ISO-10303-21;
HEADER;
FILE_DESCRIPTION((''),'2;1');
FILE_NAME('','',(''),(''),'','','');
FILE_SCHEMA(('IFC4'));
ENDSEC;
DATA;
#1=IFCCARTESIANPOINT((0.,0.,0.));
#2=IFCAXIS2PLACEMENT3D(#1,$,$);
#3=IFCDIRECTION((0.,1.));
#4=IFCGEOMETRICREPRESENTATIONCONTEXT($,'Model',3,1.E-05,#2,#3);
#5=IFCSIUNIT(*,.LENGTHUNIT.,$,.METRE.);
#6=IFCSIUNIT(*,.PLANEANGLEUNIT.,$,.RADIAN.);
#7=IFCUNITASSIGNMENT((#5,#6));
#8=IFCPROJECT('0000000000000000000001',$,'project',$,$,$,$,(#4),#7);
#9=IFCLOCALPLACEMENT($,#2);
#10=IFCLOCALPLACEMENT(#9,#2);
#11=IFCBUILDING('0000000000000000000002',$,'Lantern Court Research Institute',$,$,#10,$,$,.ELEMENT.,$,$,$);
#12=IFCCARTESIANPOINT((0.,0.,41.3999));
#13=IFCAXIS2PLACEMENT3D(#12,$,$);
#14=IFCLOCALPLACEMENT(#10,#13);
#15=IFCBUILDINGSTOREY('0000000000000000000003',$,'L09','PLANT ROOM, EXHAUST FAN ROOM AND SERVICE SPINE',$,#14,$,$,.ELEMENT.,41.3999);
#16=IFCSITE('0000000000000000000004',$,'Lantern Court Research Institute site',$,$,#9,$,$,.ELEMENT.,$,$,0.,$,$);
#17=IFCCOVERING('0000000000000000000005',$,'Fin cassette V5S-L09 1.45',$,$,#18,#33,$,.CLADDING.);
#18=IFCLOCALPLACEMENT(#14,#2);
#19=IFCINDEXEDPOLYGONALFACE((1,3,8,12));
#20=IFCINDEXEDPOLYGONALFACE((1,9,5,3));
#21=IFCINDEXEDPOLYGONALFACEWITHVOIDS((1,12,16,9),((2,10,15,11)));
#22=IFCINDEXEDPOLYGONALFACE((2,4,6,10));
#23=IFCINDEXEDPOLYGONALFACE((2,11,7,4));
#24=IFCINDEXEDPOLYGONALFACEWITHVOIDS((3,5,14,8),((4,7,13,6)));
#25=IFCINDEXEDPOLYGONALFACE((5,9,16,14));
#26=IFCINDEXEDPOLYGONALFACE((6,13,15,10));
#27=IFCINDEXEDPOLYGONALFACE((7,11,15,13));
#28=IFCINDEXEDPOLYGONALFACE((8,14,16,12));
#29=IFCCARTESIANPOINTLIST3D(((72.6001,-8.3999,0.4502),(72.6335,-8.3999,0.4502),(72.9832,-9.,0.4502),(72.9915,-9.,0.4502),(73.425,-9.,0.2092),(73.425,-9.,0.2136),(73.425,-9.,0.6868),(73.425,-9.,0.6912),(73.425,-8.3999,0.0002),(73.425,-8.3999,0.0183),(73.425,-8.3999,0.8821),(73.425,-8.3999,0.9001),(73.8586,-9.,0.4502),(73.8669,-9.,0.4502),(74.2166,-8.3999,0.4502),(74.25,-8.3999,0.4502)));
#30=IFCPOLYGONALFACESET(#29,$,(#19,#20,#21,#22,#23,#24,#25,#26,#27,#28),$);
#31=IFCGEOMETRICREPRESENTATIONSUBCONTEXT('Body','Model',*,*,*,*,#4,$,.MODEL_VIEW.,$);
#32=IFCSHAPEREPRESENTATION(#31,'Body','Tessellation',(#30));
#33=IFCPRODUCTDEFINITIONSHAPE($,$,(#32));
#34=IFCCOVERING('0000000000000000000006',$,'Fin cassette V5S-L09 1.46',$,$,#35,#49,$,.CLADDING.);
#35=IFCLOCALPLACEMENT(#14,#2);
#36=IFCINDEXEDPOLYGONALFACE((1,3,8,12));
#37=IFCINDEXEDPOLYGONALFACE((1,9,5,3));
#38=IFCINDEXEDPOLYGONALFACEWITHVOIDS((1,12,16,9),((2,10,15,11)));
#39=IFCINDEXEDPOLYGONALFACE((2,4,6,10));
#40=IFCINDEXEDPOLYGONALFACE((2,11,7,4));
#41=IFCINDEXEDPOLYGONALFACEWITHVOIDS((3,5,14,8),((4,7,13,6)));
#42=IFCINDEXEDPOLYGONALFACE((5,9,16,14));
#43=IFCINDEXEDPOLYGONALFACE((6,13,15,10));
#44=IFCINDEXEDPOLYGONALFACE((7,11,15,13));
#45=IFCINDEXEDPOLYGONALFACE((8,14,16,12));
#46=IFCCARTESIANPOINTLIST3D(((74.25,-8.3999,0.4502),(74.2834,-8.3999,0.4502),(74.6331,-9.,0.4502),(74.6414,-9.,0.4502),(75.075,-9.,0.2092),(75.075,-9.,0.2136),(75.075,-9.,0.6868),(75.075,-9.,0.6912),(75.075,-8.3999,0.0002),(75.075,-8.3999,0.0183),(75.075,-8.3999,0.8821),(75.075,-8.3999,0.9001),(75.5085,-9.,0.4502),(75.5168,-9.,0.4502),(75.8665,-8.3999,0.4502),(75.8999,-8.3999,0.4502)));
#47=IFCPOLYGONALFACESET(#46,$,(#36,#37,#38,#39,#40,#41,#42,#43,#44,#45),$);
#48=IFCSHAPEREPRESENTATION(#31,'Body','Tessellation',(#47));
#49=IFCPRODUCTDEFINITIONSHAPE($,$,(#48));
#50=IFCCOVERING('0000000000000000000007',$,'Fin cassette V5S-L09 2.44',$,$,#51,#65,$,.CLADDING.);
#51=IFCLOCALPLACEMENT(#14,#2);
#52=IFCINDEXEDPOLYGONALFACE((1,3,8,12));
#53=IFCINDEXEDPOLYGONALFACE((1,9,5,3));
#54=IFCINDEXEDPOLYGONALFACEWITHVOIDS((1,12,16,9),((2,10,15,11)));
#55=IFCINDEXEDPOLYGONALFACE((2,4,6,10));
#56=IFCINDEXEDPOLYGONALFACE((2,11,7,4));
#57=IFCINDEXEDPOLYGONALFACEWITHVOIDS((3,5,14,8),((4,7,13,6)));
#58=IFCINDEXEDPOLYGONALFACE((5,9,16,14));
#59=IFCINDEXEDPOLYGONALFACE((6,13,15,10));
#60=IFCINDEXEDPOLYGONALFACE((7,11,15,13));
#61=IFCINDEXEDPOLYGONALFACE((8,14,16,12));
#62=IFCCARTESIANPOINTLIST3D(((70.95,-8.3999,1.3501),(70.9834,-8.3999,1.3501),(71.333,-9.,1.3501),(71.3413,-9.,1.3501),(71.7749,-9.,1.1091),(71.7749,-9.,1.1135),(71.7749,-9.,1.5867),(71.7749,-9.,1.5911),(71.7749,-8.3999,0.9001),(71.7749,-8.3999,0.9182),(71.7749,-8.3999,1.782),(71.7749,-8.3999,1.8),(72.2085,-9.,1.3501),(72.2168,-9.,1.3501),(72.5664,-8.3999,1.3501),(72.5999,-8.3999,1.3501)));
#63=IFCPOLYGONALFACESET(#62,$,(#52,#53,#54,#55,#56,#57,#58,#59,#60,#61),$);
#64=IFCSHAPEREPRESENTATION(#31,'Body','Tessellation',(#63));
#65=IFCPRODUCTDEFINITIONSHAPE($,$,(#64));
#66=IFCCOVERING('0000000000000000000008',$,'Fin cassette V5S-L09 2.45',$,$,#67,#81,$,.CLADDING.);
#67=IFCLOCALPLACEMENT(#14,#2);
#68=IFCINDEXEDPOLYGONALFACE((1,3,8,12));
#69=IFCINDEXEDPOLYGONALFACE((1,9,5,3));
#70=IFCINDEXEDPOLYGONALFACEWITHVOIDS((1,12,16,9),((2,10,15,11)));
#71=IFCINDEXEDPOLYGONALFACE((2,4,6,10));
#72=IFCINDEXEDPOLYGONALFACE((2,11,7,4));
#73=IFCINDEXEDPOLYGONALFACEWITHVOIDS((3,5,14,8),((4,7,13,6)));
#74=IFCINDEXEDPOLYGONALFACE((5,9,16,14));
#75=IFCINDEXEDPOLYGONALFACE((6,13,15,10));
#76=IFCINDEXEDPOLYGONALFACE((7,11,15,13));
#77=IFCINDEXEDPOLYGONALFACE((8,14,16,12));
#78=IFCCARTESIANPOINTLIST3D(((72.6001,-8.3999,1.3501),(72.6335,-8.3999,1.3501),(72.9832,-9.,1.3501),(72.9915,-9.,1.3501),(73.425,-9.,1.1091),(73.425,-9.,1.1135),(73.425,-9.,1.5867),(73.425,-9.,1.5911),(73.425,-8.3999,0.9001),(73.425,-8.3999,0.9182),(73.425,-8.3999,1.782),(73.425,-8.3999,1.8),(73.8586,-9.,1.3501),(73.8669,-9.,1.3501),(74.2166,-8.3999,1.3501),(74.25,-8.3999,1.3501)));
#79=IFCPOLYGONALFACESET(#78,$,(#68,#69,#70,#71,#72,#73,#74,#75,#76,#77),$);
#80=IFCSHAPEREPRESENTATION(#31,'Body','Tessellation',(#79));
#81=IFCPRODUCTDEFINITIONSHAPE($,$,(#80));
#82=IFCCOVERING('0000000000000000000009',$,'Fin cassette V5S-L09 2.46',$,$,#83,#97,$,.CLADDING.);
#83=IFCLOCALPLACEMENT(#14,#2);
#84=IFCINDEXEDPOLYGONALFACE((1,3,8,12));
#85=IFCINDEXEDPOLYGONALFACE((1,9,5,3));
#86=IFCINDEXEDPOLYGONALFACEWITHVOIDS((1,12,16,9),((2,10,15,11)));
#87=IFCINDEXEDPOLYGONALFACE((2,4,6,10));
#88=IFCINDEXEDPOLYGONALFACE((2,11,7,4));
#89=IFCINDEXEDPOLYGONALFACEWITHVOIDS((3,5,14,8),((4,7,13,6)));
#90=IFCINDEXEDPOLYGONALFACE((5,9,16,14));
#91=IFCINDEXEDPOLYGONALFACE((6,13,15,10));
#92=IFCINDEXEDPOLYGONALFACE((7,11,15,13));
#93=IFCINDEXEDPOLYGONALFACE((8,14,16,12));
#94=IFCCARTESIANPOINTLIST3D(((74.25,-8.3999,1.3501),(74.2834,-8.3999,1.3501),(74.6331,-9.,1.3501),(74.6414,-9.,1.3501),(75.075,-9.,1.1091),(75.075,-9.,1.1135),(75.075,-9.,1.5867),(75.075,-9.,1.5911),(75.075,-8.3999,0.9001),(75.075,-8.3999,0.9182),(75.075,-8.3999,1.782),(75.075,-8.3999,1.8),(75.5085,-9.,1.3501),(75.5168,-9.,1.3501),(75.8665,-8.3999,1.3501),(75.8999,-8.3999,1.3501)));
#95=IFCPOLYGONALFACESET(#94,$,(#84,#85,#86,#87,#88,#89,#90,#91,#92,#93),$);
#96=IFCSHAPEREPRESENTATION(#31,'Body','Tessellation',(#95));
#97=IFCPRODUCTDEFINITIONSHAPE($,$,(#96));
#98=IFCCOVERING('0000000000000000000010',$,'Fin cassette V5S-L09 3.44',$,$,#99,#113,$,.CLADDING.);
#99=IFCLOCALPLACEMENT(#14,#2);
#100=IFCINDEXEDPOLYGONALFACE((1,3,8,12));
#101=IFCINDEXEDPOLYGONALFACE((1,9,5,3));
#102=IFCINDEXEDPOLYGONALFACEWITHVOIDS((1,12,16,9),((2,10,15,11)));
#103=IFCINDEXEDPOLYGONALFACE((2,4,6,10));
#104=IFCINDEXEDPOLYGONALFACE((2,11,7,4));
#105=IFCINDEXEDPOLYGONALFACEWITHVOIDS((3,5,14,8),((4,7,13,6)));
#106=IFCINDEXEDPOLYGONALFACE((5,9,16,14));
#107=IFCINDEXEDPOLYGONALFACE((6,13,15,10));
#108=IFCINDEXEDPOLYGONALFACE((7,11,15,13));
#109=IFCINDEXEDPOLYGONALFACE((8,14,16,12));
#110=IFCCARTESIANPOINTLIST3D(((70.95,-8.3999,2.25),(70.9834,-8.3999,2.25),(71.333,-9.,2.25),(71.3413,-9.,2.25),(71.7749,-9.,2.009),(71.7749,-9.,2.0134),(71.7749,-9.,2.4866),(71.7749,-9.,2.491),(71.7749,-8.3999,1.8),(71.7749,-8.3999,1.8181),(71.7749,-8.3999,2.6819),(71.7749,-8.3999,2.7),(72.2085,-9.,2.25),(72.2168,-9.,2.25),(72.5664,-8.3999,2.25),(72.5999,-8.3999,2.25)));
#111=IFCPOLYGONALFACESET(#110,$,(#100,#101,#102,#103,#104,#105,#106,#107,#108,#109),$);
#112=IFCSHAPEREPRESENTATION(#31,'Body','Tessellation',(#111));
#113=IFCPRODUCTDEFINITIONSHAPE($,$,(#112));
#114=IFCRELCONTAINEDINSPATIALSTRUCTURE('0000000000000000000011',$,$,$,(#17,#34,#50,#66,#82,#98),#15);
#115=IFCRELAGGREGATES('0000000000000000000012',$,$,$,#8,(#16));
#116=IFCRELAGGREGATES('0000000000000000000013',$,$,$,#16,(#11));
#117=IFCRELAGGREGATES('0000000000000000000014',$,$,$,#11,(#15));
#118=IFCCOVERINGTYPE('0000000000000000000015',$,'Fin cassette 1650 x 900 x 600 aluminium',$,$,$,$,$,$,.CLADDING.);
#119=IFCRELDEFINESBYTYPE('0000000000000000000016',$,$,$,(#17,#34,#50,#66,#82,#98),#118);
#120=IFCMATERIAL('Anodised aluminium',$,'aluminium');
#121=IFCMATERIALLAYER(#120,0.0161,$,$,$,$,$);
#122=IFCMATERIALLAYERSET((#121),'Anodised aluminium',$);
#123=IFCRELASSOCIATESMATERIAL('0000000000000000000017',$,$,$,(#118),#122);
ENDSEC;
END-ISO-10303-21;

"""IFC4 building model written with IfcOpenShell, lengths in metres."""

from ifc_helpers import new_model, entity, si_unit, direction, frame, origin, place, context, subcontext, project, spatial, material, layer, layer_set, type_object, element, save


model = new_model("IFC4")

# Units and contexts
model_context = context("Model", 3, precision=1e-05, world=origin(), true_north=direction((0.0, 1.0)))
body_context = subcontext(model_context, "Body", "Model", "MODEL_VIEW")
ifc_project = project(units=[si_unit("LENGTHUNIT", "METRE"), si_unit("PLANEANGLEUNIT", "RADIAN")], contexts=[model_context])

# Site, building, storey
site_placement = place(None, origin())
site = spatial("IfcSite", under=ifc_project, at=site_placement, Name="Lantern Court Research Institute site", CompositionType="ELEMENT", RefElevation=0.0)
building_placement = place(site_placement, origin())
building = spatial("IfcBuilding", under=site, at=building_placement, Name="Lantern Court Research Institute", CompositionType="ELEMENT")
storey_placement = place(building_placement, frame((0.0, 0.0, 41.3999)))
storey = spatial("IfcBuildingStorey", under=building, at=storey_placement, Name="L09", Description="PLANT ROOM, EXHAUST FAN ROOM AND SERVICE SPINE", CompositionType="ELEMENT", Elevation=41.3999)

# Coverings
ifc_material_1 = material(Name="Anodised aluminium", Category="aluminium")
ifc_layer_1 = layer(ifc_material_1, 0.0161)
ifc_layer_set_1 = layer_set([ifc_layer_1], Name="Anodised aluminium")
covering_type = type_object("IfcCoveringType", Name="Fin cassette 1650 x 900 x 600 aluminium", PredefinedType="CLADDING", material=ifc_layer_set_1)
covering_1_placement = place(storey_placement, frame((73.425, -8.3999, 0.4502), z_axis=(0.0, -1.0, 0.0), x_axis=(1.0, 0.0, 0.0)))
cartesian_point_1 = entity("IfcCartesianPoint", [0.825, 0.0])
cartesian_point_2 = entity("IfcCartesianPoint", [0.7915, 0.0])
cartesian_point_3 = entity("IfcCartesianPoint", [0.4419, 0.0])
cartesian_point_4 = entity("IfcCartesianPoint", [0.4336, 0.0])
element("IfcCovering", 1, at=covering_1_placement, inside=storey, type_object=covering_type, Name="Fin cassette V5S-L09 1.45", PredefinedType="CLADDING", context=body_context, shape_type="SweptSolid", body=[
    entity("IfcExtrudedAreaSolidTapered", entity("IfcArbitraryProfileDefWithVoids", "AREA", None, entity("IfcPolyline", [cartesian_point_1, entity("IfcCartesianPoint", [0.0, 0.45]), entity("IfcCartesianPoint", [-0.825, 0.0]), entity("IfcCartesianPoint", [0.0, -0.45]), cartesian_point_1]), [entity("IfcPolyline", [cartesian_point_2, entity("IfcCartesianPoint", [0.0, 0.4319]), entity("IfcCartesianPoint", [-0.7915, 0.0]), entity("IfcCartesianPoint", [0.0, -0.4319]), cartesian_point_2])]), entity("IfcAxis2Placement3D", entity("IfcCartesianPoint", [0.0, 0.0, 0.0])), entity("IfcDirection", [0.0, 0.0, 1.0]), 0.6001, entity("IfcArbitraryProfileDefWithVoids", "AREA", None, entity("IfcPolyline", [cartesian_point_3, entity("IfcCartesianPoint", [0.0, 0.241]), entity("IfcCartesianPoint", [-0.4419, 0.0]), entity("IfcCartesianPoint", [0.0, -0.241]), cartesian_point_3]), [entity("IfcPolyline", [cartesian_point_4, entity("IfcCartesianPoint", [0.0, 0.2366]), entity("IfcCartesianPoint", [-0.4336, 0.0]), entity("IfcCartesianPoint", [0.0, -0.2366]), cartesian_point_4])])),
])
covering_2_placement = place(storey_placement, frame((75.075, -8.3999, 0.4502), z_axis=(0.0, -1.0, 0.0), x_axis=(1.0, 0.0, 0.0)))
cartesian_point_5 = entity("IfcCartesianPoint", [0.825, 0.0])
cartesian_point_6 = entity("IfcCartesianPoint", [0.7915, 0.0])
cartesian_point_7 = entity("IfcCartesianPoint", [0.4419, 0.0])
cartesian_point_8 = entity("IfcCartesianPoint", [0.4336, 0.0])
element("IfcCovering", 2, at=covering_2_placement, inside=storey, type_object=covering_type, Name="Fin cassette V5S-L09 1.46", PredefinedType="CLADDING", context=body_context, shape_type="SweptSolid", body=[
    entity("IfcExtrudedAreaSolidTapered", entity("IfcArbitraryProfileDefWithVoids", "AREA", None, entity("IfcPolyline", [cartesian_point_5, entity("IfcCartesianPoint", [0.0, 0.45]), entity("IfcCartesianPoint", [-0.825, 0.0]), entity("IfcCartesianPoint", [0.0, -0.45]), cartesian_point_5]), [entity("IfcPolyline", [cartesian_point_6, entity("IfcCartesianPoint", [0.0, 0.4319]), entity("IfcCartesianPoint", [-0.7915, 0.0]), entity("IfcCartesianPoint", [0.0, -0.4319]), cartesian_point_6])]), entity("IfcAxis2Placement3D", entity("IfcCartesianPoint", [0.0, 0.0, 0.0])), entity("IfcDirection", [0.0, 0.0, 1.0]), 0.6001, entity("IfcArbitraryProfileDefWithVoids", "AREA", None, entity("IfcPolyline", [cartesian_point_7, entity("IfcCartesianPoint", [0.0, 0.241]), entity("IfcCartesianPoint", [-0.4419, 0.0]), entity("IfcCartesianPoint", [0.0, -0.241]), cartesian_point_7]), [entity("IfcPolyline", [cartesian_point_8, entity("IfcCartesianPoint", [0.0, 0.2366]), entity("IfcCartesianPoint", [-0.4336, 0.0]), entity("IfcCartesianPoint", [0.0, -0.2366]), cartesian_point_8])])),
])
covering_3_placement = place(storey_placement, frame((71.7749, -8.3999, 1.3501), z_axis=(0.0, -1.0, 0.0), x_axis=(1.0, 0.0, 0.0)))
cartesian_point_9 = entity("IfcCartesianPoint", [0.825, 0.0])
cartesian_point_10 = entity("IfcCartesianPoint", [0.7915, 0.0])
cartesian_point_11 = entity("IfcCartesianPoint", [0.4419, 0.0])
cartesian_point_12 = entity("IfcCartesianPoint", [0.4336, 0.0])
element("IfcCovering", 3, at=covering_3_placement, inside=storey, type_object=covering_type, Name="Fin cassette V5S-L09 2.44", PredefinedType="CLADDING", context=body_context, shape_type="SweptSolid", body=[
    entity("IfcExtrudedAreaSolidTapered", entity("IfcArbitraryProfileDefWithVoids", "AREA", None, entity("IfcPolyline", [cartesian_point_9, entity("IfcCartesianPoint", [0.0, 0.45]), entity("IfcCartesianPoint", [-0.825, 0.0]), entity("IfcCartesianPoint", [0.0, -0.45]), cartesian_point_9]), [entity("IfcPolyline", [cartesian_point_10, entity("IfcCartesianPoint", [0.0, 0.4319]), entity("IfcCartesianPoint", [-0.7915, 0.0]), entity("IfcCartesianPoint", [0.0, -0.4319]), cartesian_point_10])]), entity("IfcAxis2Placement3D", entity("IfcCartesianPoint", [0.0, 0.0, 0.0])), entity("IfcDirection", [0.0, 0.0, 1.0]), 0.6001, entity("IfcArbitraryProfileDefWithVoids", "AREA", None, entity("IfcPolyline", [cartesian_point_11, entity("IfcCartesianPoint", [0.0, 0.241]), entity("IfcCartesianPoint", [-0.4419, 0.0]), entity("IfcCartesianPoint", [0.0, -0.241]), cartesian_point_11]), [entity("IfcPolyline", [cartesian_point_12, entity("IfcCartesianPoint", [0.0, 0.2366]), entity("IfcCartesianPoint", [-0.4336, 0.0]), entity("IfcCartesianPoint", [0.0, -0.2366]), cartesian_point_12])])),
])
covering_4_placement = place(storey_placement, frame((73.425, -8.3999, 1.3501), z_axis=(0.0, -1.0, 0.0), x_axis=(1.0, 0.0, 0.0)))
cartesian_point_13 = entity("IfcCartesianPoint", [0.825, 0.0])
cartesian_point_14 = entity("IfcCartesianPoint", [0.7915, 0.0])
cartesian_point_15 = entity("IfcCartesianPoint", [0.4419, 0.0])
cartesian_point_16 = entity("IfcCartesianPoint", [0.4336, 0.0])
element("IfcCovering", 4, at=covering_4_placement, inside=storey, type_object=covering_type, Name="Fin cassette V5S-L09 2.45", PredefinedType="CLADDING", context=body_context, shape_type="SweptSolid", body=[
    entity("IfcExtrudedAreaSolidTapered", entity("IfcArbitraryProfileDefWithVoids", "AREA", None, entity("IfcPolyline", [cartesian_point_13, entity("IfcCartesianPoint", [0.0, 0.45]), entity("IfcCartesianPoint", [-0.825, 0.0]), entity("IfcCartesianPoint", [0.0, -0.45]), cartesian_point_13]), [entity("IfcPolyline", [cartesian_point_14, entity("IfcCartesianPoint", [0.0, 0.4319]), entity("IfcCartesianPoint", [-0.7915, 0.0]), entity("IfcCartesianPoint", [0.0, -0.4319]), cartesian_point_14])]), entity("IfcAxis2Placement3D", entity("IfcCartesianPoint", [0.0, 0.0, 0.0])), entity("IfcDirection", [0.0, 0.0, 1.0]), 0.6001, entity("IfcArbitraryProfileDefWithVoids", "AREA", None, entity("IfcPolyline", [cartesian_point_15, entity("IfcCartesianPoint", [0.0, 0.241]), entity("IfcCartesianPoint", [-0.4419, 0.0]), entity("IfcCartesianPoint", [0.0, -0.241]), cartesian_point_15]), [entity("IfcPolyline", [cartesian_point_16, entity("IfcCartesianPoint", [0.0, 0.2366]), entity("IfcCartesianPoint", [-0.4336, 0.0]), entity("IfcCartesianPoint", [0.0, -0.2366]), cartesian_point_16])])),
])
covering_5_placement = place(storey_placement, frame((75.075, -8.3999, 1.3501), z_axis=(0.0, -1.0, 0.0), x_axis=(1.0, 0.0, 0.0)))
cartesian_point_17 = entity("IfcCartesianPoint", [0.825, 0.0])
cartesian_point_18 = entity("IfcCartesianPoint", [0.7915, 0.0])
cartesian_point_19 = entity("IfcCartesianPoint", [0.4419, 0.0])
cartesian_point_20 = entity("IfcCartesianPoint", [0.4336, 0.0])
element("IfcCovering", 5, at=covering_5_placement, inside=storey, type_object=covering_type, Name="Fin cassette V5S-L09 2.46", PredefinedType="CLADDING", context=body_context, shape_type="SweptSolid", body=[
    entity("IfcExtrudedAreaSolidTapered", entity("IfcArbitraryProfileDefWithVoids", "AREA", None, entity("IfcPolyline", [cartesian_point_17, entity("IfcCartesianPoint", [0.0, 0.45]), entity("IfcCartesianPoint", [-0.825, 0.0]), entity("IfcCartesianPoint", [0.0, -0.45]), cartesian_point_17]), [entity("IfcPolyline", [cartesian_point_18, entity("IfcCartesianPoint", [0.0, 0.4319]), entity("IfcCartesianPoint", [-0.7915, 0.0]), entity("IfcCartesianPoint", [0.0, -0.4319]), cartesian_point_18])]), entity("IfcAxis2Placement3D", entity("IfcCartesianPoint", [0.0, 0.0, 0.0])), entity("IfcDirection", [0.0, 0.0, 1.0]), 0.6001, entity("IfcArbitraryProfileDefWithVoids", "AREA", None, entity("IfcPolyline", [cartesian_point_19, entity("IfcCartesianPoint", [0.0, 0.241]), entity("IfcCartesianPoint", [-0.4419, 0.0]), entity("IfcCartesianPoint", [0.0, -0.241]), cartesian_point_19]), [entity("IfcPolyline", [cartesian_point_20, entity("IfcCartesianPoint", [0.0, 0.2366]), entity("IfcCartesianPoint", [-0.4336, 0.0]), entity("IfcCartesianPoint", [0.0, -0.2366]), cartesian_point_20])])),
])
covering_6_placement = place(storey_placement, frame((71.7749, -8.3999, 2.25), z_axis=(0.0, -1.0, 0.0), x_axis=(1.0, 0.0, 0.0)))
cartesian_point_21 = entity("IfcCartesianPoint", [0.825, 0.0])
cartesian_point_22 = entity("IfcCartesianPoint", [0.7915, 0.0])
cartesian_point_23 = entity("IfcCartesianPoint", [0.4419, 0.0])
cartesian_point_24 = entity("IfcCartesianPoint", [0.4336, 0.0])
element("IfcCovering", 6, at=covering_6_placement, inside=storey, type_object=covering_type, Name="Fin cassette V5S-L09 3.44", PredefinedType="CLADDING", context=body_context, shape_type="SweptSolid", body=[
    entity("IfcExtrudedAreaSolidTapered", entity("IfcArbitraryProfileDefWithVoids", "AREA", None, entity("IfcPolyline", [cartesian_point_21, entity("IfcCartesianPoint", [0.0, 0.45]), entity("IfcCartesianPoint", [-0.825, 0.0]), entity("IfcCartesianPoint", [0.0, -0.45]), cartesian_point_21]), [entity("IfcPolyline", [cartesian_point_22, entity("IfcCartesianPoint", [0.0, 0.4319]), entity("IfcCartesianPoint", [-0.7915, 0.0]), entity("IfcCartesianPoint", [0.0, -0.4319]), cartesian_point_22])]), entity("IfcAxis2Placement3D", entity("IfcCartesianPoint", [0.0, 0.0, 0.0])), entity("IfcDirection", [0.0, 0.0, 1.0]), 0.6001, entity("IfcArbitraryProfileDefWithVoids", "AREA", None, entity("IfcPolyline", [cartesian_point_23, entity("IfcCartesianPoint", [0.0, 0.241]), entity("IfcCartesianPoint", [-0.4419, 0.0]), entity("IfcCartesianPoint", [0.0, -0.241]), cartesian_point_23]), [entity("IfcPolyline", [cartesian_point_24, entity("IfcCartesianPoint", [0.0, 0.2366]), entity("IfcCartesianPoint", [-0.4336, 0.0]), entity("IfcCartesianPoint", [0.0, -0.2366]), cartesian_point_24])])),
])

save(model, "model.ifc")
